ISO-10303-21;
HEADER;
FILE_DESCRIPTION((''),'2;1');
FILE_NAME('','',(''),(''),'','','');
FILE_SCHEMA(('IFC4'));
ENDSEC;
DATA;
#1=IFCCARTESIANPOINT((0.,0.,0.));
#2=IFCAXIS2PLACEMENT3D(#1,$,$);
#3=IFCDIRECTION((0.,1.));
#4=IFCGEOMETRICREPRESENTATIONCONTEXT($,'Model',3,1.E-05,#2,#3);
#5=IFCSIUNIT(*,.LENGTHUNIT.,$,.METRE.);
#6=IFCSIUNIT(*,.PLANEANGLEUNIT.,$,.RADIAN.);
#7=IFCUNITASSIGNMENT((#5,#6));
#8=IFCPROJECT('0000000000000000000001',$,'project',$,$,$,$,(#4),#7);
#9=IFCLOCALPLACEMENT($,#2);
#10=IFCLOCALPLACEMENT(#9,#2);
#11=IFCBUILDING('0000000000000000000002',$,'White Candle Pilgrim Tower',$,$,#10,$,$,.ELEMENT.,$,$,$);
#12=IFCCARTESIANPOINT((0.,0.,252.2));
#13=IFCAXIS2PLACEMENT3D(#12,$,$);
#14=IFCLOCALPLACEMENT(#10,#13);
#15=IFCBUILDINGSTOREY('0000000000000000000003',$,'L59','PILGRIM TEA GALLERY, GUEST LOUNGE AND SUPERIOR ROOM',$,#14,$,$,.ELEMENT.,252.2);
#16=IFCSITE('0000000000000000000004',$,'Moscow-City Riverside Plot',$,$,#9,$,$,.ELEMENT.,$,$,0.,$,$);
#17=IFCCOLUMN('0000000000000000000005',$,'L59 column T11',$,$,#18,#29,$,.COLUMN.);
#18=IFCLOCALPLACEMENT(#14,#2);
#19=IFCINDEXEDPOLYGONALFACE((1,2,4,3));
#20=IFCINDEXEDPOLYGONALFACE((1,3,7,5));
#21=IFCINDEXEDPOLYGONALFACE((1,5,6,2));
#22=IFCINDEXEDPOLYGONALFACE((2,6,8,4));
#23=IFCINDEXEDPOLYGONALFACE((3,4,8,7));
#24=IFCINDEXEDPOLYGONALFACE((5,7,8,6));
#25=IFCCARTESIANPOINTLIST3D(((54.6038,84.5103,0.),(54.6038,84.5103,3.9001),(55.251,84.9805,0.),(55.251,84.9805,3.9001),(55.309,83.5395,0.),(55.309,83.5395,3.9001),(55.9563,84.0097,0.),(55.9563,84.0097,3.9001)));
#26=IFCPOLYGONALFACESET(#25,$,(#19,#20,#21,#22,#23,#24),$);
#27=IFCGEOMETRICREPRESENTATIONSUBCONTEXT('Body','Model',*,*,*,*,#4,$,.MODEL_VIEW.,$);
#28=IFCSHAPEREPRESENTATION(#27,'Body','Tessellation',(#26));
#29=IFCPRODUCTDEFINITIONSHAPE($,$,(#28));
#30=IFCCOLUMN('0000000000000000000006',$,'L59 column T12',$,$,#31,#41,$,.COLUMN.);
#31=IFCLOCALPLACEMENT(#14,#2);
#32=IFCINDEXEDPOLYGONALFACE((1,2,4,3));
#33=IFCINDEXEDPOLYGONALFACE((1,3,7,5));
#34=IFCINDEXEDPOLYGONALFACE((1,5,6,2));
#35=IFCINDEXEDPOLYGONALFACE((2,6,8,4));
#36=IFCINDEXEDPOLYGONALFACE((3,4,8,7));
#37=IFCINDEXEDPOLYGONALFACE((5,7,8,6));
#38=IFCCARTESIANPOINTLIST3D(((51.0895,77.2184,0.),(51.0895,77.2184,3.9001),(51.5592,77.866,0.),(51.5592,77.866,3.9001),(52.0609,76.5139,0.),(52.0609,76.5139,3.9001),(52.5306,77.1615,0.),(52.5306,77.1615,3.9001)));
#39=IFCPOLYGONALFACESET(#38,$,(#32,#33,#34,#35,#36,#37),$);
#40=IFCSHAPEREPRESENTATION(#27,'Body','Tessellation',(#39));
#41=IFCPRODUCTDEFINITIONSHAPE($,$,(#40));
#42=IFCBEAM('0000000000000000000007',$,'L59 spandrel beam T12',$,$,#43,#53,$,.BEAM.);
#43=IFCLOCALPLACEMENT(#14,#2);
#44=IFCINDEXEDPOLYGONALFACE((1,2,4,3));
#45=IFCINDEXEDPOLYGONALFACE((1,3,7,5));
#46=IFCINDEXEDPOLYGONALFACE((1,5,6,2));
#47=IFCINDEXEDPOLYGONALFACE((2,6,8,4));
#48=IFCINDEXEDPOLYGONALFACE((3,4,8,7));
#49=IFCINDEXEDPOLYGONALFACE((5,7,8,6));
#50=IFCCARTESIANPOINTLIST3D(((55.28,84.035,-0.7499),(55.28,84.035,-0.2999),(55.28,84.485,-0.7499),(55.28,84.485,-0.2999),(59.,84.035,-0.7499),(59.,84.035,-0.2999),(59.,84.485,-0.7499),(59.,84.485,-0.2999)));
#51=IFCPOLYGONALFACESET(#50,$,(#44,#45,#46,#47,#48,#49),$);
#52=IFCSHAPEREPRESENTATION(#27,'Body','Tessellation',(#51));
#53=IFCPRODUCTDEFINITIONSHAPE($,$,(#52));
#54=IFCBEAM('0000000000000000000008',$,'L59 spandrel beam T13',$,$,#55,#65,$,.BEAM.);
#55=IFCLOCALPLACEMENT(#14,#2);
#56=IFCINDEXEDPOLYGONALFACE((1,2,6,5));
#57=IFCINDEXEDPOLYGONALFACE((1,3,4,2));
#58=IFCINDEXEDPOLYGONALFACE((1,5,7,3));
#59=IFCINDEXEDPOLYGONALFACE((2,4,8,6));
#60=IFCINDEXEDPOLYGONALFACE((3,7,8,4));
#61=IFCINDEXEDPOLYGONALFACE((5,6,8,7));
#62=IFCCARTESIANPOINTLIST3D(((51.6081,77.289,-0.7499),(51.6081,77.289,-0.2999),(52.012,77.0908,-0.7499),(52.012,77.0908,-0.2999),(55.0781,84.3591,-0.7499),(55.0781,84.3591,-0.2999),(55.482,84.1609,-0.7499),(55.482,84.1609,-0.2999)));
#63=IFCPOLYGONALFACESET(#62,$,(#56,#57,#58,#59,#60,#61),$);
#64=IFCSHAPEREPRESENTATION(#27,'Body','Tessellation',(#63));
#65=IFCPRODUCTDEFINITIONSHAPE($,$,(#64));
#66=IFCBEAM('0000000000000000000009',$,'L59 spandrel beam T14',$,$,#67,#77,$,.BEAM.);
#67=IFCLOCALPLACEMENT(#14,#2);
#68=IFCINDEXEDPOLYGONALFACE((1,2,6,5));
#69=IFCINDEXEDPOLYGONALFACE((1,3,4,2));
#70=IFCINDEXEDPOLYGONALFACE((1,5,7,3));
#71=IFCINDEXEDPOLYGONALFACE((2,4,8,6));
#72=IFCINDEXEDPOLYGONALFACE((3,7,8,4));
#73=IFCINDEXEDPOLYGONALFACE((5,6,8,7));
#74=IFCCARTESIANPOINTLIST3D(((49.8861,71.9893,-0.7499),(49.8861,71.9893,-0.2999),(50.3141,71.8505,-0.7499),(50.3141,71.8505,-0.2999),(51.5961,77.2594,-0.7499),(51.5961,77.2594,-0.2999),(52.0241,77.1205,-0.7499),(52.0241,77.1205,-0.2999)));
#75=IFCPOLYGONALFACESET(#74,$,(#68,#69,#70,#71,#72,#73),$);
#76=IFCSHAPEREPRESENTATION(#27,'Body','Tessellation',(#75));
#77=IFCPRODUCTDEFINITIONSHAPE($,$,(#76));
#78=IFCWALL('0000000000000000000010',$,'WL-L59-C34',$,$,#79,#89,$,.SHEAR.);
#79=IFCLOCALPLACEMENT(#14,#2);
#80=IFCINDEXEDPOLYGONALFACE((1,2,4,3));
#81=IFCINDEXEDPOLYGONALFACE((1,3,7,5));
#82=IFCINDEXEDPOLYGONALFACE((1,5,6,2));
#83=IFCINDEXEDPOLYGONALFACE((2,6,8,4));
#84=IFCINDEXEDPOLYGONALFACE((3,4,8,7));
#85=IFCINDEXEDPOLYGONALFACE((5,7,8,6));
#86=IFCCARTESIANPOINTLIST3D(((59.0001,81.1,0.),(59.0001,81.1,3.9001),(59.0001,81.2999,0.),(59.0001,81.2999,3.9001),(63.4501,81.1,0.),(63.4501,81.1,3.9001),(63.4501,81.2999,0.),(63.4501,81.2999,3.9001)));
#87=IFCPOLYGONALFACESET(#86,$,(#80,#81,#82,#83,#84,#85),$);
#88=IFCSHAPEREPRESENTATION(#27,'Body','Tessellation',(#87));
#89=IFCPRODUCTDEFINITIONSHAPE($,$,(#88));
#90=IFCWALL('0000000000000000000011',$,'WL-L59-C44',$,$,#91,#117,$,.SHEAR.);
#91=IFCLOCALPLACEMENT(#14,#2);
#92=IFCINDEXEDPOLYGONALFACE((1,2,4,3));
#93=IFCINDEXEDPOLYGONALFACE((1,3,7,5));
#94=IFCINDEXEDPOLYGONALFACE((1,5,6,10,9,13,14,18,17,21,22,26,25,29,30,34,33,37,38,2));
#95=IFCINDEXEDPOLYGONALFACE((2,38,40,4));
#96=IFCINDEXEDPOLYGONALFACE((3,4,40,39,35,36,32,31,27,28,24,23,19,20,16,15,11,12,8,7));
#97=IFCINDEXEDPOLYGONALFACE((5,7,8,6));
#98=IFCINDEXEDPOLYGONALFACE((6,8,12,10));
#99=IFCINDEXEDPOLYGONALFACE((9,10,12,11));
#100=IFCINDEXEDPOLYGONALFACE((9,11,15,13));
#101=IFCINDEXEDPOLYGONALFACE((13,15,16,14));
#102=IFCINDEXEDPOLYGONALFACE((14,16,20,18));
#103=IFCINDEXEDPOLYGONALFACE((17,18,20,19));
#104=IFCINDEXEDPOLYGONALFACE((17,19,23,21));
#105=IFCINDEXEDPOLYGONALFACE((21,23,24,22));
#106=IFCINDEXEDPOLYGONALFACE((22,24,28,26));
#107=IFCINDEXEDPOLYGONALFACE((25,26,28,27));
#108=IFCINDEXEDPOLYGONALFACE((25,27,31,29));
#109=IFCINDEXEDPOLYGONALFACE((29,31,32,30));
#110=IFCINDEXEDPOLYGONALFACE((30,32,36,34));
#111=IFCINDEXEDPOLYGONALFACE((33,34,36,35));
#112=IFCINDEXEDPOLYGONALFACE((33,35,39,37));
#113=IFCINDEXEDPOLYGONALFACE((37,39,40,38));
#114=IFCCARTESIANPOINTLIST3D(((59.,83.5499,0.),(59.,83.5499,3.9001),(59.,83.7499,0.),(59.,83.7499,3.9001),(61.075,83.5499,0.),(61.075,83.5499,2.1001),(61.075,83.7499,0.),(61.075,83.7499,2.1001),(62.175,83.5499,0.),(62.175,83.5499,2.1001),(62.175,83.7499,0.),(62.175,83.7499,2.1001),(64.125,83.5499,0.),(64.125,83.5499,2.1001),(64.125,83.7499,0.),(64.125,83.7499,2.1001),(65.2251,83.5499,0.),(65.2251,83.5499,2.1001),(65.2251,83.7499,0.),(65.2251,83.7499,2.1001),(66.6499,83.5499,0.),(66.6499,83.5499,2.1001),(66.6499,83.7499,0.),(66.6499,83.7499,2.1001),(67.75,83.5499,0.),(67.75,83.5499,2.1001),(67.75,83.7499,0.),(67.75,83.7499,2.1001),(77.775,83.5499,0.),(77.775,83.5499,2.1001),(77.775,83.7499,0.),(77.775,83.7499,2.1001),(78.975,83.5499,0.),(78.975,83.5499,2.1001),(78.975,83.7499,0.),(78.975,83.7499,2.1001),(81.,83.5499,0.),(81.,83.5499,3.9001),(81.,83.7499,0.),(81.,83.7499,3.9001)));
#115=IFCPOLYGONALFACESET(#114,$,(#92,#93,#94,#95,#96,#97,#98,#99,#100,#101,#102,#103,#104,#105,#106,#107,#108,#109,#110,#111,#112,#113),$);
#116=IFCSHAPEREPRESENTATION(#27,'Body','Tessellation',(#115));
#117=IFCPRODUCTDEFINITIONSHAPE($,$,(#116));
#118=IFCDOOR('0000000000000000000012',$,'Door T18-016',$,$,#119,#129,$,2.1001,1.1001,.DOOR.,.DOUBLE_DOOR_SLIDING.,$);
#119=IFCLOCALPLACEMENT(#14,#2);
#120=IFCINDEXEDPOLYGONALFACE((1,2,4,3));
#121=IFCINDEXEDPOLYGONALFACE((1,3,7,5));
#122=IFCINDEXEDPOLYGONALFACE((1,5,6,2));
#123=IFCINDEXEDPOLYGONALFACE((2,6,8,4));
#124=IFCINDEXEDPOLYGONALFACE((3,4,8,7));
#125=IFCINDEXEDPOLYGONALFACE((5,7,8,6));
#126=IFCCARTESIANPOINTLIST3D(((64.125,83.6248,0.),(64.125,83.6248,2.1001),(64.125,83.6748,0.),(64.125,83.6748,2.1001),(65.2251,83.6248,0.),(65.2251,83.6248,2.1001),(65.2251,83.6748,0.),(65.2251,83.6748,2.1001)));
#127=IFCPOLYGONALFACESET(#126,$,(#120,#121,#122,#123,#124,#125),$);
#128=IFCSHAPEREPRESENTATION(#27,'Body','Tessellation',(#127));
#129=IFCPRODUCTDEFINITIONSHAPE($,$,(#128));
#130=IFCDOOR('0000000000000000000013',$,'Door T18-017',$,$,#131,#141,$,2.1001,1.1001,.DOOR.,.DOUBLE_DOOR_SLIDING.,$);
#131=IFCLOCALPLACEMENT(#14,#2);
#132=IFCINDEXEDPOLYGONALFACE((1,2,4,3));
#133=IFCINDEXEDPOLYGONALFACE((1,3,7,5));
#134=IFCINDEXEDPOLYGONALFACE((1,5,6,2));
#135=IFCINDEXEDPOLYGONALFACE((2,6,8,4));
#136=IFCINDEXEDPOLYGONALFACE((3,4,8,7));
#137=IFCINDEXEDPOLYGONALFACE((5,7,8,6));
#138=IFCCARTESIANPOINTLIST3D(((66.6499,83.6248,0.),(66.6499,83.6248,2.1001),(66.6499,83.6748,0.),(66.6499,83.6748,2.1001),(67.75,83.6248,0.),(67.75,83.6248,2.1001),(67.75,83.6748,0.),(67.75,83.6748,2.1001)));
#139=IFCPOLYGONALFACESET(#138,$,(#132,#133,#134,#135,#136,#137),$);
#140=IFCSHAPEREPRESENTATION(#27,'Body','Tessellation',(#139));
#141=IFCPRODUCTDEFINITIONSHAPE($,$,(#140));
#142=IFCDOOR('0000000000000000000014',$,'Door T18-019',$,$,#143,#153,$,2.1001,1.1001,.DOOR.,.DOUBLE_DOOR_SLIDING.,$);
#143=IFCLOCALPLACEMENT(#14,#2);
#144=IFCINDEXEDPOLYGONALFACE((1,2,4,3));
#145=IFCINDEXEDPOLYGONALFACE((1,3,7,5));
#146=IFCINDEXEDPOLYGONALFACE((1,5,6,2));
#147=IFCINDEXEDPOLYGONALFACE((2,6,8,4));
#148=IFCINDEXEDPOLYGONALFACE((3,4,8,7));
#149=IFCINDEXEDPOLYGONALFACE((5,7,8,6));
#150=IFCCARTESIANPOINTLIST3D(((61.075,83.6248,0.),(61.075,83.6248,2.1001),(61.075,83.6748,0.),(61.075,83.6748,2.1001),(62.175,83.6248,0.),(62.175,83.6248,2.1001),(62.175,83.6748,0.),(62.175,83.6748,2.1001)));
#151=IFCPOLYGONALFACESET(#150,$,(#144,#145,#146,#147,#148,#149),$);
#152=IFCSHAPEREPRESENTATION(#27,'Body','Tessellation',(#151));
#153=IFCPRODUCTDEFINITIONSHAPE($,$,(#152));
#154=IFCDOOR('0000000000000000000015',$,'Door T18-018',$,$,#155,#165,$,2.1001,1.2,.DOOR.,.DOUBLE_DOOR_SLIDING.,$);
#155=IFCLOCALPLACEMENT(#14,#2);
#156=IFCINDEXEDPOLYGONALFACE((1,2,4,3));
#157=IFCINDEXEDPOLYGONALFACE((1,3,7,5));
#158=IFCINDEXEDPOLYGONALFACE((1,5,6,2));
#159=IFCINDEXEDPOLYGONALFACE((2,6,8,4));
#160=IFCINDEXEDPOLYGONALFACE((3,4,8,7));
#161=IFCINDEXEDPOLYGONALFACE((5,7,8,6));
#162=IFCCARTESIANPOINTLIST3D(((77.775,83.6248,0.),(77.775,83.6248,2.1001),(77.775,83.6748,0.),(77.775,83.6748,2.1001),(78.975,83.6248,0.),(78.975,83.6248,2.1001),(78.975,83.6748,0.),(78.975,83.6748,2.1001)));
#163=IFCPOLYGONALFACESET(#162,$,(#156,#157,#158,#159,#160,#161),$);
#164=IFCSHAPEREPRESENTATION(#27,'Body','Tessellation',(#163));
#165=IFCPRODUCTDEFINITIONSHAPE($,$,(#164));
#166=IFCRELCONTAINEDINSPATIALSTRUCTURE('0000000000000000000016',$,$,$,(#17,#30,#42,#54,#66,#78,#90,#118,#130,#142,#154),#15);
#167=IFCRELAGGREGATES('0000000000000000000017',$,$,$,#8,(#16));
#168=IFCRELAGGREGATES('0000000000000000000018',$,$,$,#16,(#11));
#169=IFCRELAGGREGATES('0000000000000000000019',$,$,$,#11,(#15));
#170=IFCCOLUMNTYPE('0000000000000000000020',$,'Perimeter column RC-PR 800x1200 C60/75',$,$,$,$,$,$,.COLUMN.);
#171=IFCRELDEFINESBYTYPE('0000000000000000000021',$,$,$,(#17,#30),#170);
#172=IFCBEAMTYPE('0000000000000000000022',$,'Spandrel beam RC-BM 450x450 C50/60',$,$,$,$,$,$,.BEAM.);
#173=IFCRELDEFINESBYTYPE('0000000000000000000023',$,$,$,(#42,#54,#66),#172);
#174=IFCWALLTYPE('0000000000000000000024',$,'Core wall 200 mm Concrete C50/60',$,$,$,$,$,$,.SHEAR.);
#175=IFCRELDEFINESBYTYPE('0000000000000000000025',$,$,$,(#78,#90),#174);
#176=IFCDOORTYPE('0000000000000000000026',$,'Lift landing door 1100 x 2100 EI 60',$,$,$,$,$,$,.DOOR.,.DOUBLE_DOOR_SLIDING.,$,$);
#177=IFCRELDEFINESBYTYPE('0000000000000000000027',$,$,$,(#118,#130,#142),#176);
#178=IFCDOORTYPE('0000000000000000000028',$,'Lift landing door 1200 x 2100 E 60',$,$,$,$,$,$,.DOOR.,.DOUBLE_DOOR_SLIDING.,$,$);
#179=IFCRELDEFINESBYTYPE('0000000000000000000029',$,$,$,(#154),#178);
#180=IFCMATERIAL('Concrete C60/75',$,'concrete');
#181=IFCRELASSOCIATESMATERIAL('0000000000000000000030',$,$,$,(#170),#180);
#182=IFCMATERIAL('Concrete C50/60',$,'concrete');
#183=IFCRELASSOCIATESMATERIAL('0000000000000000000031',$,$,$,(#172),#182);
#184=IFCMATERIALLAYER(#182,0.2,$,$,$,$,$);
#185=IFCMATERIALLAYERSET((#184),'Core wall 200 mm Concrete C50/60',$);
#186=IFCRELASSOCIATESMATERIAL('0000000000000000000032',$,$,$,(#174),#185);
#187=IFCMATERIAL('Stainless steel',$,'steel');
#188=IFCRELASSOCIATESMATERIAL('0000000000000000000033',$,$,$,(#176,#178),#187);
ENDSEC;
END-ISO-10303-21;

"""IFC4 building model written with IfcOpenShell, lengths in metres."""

from ifc_helpers import new_model, si_unit, direction, frame, frame_2d, origin, origin_2d, place, context, subcontext, project, spatial, rectangle, extrude, material, layer, layer_set, material_profile, profile_set, type_object, element, fill, save


model = new_model("IFC4")

# Units and contexts
model_context = context("Model", 3, precision=1e-05, world=origin(), true_north=direction((0.0, 1.0)))
body_context = subcontext(model_context, "Body", "Model", "MODEL_VIEW")
ifc_project = project(units=[si_unit("LENGTHUNIT", "METRE"), si_unit("PLANEANGLEUNIT", "RADIAN")], contexts=[model_context])

# Site, building, storey
site_placement = place(None, origin())
site = spatial("IfcSite", under=ifc_project, at=site_placement, Name="Moscow-City Riverside Plot", CompositionType="ELEMENT", RefElevation=0.0)
building_placement = place(site_placement, origin())
building = spatial("IfcBuilding", under=site, at=building_placement, Name="White Candle Pilgrim Tower", CompositionType="ELEMENT")
storey_placement = place(building_placement, frame((0.0, 0.0, 252.2)))
storey = spatial("IfcBuildingStorey", under=building, at=storey_placement, Name="L59", Description="PILGRIM TEA GALLERY, GUEST LOUNGE AND SUPERIOR ROOM", CompositionType="ELEMENT", Elevation=252.2)

# Columns
ifc_material_1 = material(Name="Concrete C60/75", Category="concrete")
ifc_material_profile_1 = material_profile(ifc_material_1, rectangle(XDim=0.8, YDim=1.2, at=origin_2d()), Name="RC-PR 800x1200")
ifc_profile_set_1 = profile_set([ifc_material_profile_1], Name="Concrete C60/75")
column_type = type_object("IfcColumnType", Name="Perimeter column RC-PR 800x1200 C60/75", PredefinedType="COLUMN", material=ifc_profile_set_1)
for number, where, z_axis, x_axis, name in (
    (1, (55.28, 84.26, 0.0), (0.0, 0.0, 1.0), (0.809027, 0.587771, 0.0), "L59 column T11"),
    (2, (51.8101, 77.1899, 0.0), (0.0, 0.0, 1.0), (0.587107, 0.809509, 0.0), "L59 column T12"),
):
    element("IfcColumn", number, at=place(storey_placement, frame(where, z_axis=z_axis, x_axis=x_axis)), inside=storey, type_object=column_type, Name=name, PredefinedType="COLUMN", context=body_context, shape_type="SweptSolid", body=[
        extrude(rectangle(XDim=0.8, YDim=1.2, at=origin_2d()), origin(), (0.0, 0.0, 1.0), 3.9001),
    ])

# Beams
ifc_material_2 = material(Name="Concrete C50/60", Category="concrete")
ifc_material_profile_2 = material_profile(ifc_material_2, rectangle(XDim=0.45, YDim=0.45, at=origin_2d()), Name="RC-BM 450x450")
ifc_profile_set_2 = profile_set([ifc_material_profile_2], Name="Concrete C50/60")
beam_type = type_object("IfcBeamType", Name="Spandrel beam RC-BM 450x450 C50/60", PredefinedType="BEAM", material=ifc_profile_set_2)
beam_1_placement = place(storey_placement, frame((55.28, 84.26, -0.5249), z_axis=(1.0, 0.0, 0.0), x_axis=(0.0, 1.0, 0.0)))
element("IfcBeam", 3, at=beam_1_placement, inside=storey, type_object=beam_type, Name="L59 spandrel beam T12", PredefinedType="BEAM", context=body_context, shape_type="SweptSolid", body=[
    extrude(rectangle(XDim=0.45, YDim=0.45, at=origin_2d()), origin(), (0.0, 0.0, 1.0), 3.72),
])
beam_2_placement = place(storey_placement, frame((55.28, 84.26, -0.5249), z_axis=(-0.440592, -0.897707, 0.0), x_axis=(0.897707, -0.440592, 0.0)))
element("IfcBeam", 4, at=beam_2_placement, inside=storey, type_object=beam_type, Name="L59 spandrel beam T13", PredefinedType="BEAM", context=body_context, shape_type="SweptSolid", body=[
    extrude(rectangle(XDim=0.45, YDim=0.45, at=origin_2d()), origin(), (0.0, 0.0, 1.0), 7.8757),
])
beam_3_placement = place(storey_placement, frame((51.8101, 77.1899, -0.5249), z_axis=(-0.30863, -0.951182, 0.0), x_axis=(0.951182, -0.30863, 0.0)))
element("IfcBeam", 5, at=beam_3_placement, inside=storey, type_object=beam_type, Name="L59 spandrel beam T14", PredefinedType="BEAM", context=body_context, shape_type="SweptSolid", body=[
    extrude(rectangle(XDim=0.45, YDim=0.45, at=origin_2d()), origin(), (0.0, 0.0, 1.0), 5.5405),
])

# Wall
ifc_layer_1 = layer(ifc_material_2, 0.2)
ifc_layer_set_1 = layer_set([ifc_layer_1], Name="Core wall 200 mm Concrete C50/60")
wall_type_1 = type_object("IfcWallType", Name="Core wall 200 mm Concrete C50/60", PredefinedType="SHEAR", material=ifc_layer_set_1)
wall_1_placement = place(storey_placement, frame((59.0, 81.2, 0.0), z_axis=(0.0, 0.0, 1.0), x_axis=(1.0, 0.0, 0.0)))
element("IfcWall", 6, at=wall_1_placement, inside=storey, type_object=wall_type_1, Name="WL-L59-C34", PredefinedType="SHEAR", context=body_context, shape_type="SweptSolid", body=[
    extrude(rectangle(XDim=4.45, YDim=0.2, at=frame_2d((2.2251, 0.0))), origin(), (0.0, 0.0, 1.0), 3.9001),
])

# Wall, openings, doors
wall_2_placement = place(storey_placement, frame((59.0, 83.6499, 0.0), z_axis=(0.0, 0.0, 1.0), x_axis=(1.0, 0.0, 0.0)))
wall_2 = element("IfcWall", 7, at=wall_2_placement, inside=storey, type_object=wall_type_1, Name="WL-L59-C44", PredefinedType="SHEAR", context=body_context, shape_type="SweptSolid", body=[
    extrude(rectangle(XDim=22.0, YDim=0.2, at=frame_2d((11.0, 0.0))), origin(), (0.0, 0.0, 1.0), 3.9001),
])
opening_1_placement = place(wall_2_placement, frame((5.125, 0.0, 0.0)))
opening_1 = element("IfcOpeningElement", 8, at=opening_1_placement, cuts=wall_2, PredefinedType="OPENING", context=body_context, shape_type="SweptSolid", body=[
    extrude(rectangle(XDim=1.1001, YDim=2.1001, at=frame_2d((0.55, 1.05))), frame((0.0, 0.1099, 0.0), z_axis=(0.0, -1.0, 0.0), x_axis=(1.0, 0.0, 0.0)), (0.0, 0.0, 1.0), 0.22),
])
opening_2_placement = place(wall_2_placement, frame((7.6499, 0.0, 0.0)))
opening_2 = element("IfcOpeningElement", 9, at=opening_2_placement, cuts=wall_2, PredefinedType="OPENING", context=body_context, shape_type="SweptSolid", body=[
    extrude(rectangle(XDim=1.1001, YDim=2.1001, at=frame_2d((0.55, 1.05))), frame((0.0, 0.1099, 0.0), z_axis=(0.0, -1.0, 0.0), x_axis=(1.0, 0.0, 0.0)), (0.0, 0.0, 1.0), 0.22),
])
opening_3_placement = place(wall_2_placement, frame((18.7749, 0.0, 0.0)))
opening_3 = element("IfcOpeningElement", 10, at=opening_3_placement, cuts=wall_2, PredefinedType="OPENING", context=body_context, shape_type="SweptSolid", body=[
    extrude(rectangle(XDim=1.2, YDim=2.1001, at=frame_2d((0.6001, 1.05))), frame((0.0, 0.1099, 0.0), z_axis=(0.0, -1.0, 0.0), x_axis=(1.0, 0.0, 0.0)), (0.0, 0.0, 1.0), 0.22),
])
opening_4_placement = place(wall_2_placement, frame((2.075, 0.0, 0.0)))
opening_4 = element("IfcOpeningElement", 11, at=opening_4_placement, cuts=wall_2, PredefinedType="OPENING", context=body_context, shape_type="SweptSolid", body=[
    extrude(rectangle(XDim=1.1001, YDim=2.1001, at=frame_2d((0.55, 1.05))), frame((0.0, 0.1099, 0.0), z_axis=(0.0, -1.0, 0.0), x_axis=(1.0, 0.0, 0.0)), (0.0, 0.0, 1.0), 0.22),
])
ifc_material_3 = material(Name="Stainless steel", Category="steel")
door_type_1 = type_object("IfcDoorType", Name="Lift landing door 1100 x 2100 EI 60", OperationType="DOUBLE_DOOR_SLIDING", PredefinedType="DOOR", material=ifc_material_3)
door_1_placement = place(opening_1_placement, origin())
door_1 = element("IfcDoor", 12, at=door_1_placement, inside=storey, type_object=door_type_1, Name="Door T18-016", OperationType="DOUBLE_DOOR_SLIDING", OverallHeight=2.1001, OverallWidth=1.1001, PredefinedType="DOOR", context=body_context, shape_type="SweptSolid", body=[
    extrude(rectangle(XDim=1.1001, YDim=2.1001, at=frame_2d((0.55, 1.05))), frame((0.0, 0.0249, 0.0), z_axis=(0.0, -1.0, 0.0), x_axis=(1.0, 0.0, 0.0)), (0.0, 0.0, 1.0), 0.05),
])
fill(opening_1, door_1)
door_2_placement = place(opening_2_placement, origin())
door_2 = element("IfcDoor", 13, at=door_2_placement, inside=storey, type_object=door_type_1, Name="Door T18-017", OperationType="DOUBLE_DOOR_SLIDING", OverallHeight=2.1001, OverallWidth=1.1001, PredefinedType="DOOR", context=body_context, shape_type="SweptSolid", body=[
    extrude(rectangle(XDim=1.1001, YDim=2.1001, at=frame_2d((0.55, 1.05))), frame((0.0, 0.0249, 0.0), z_axis=(0.0, -1.0, 0.0), x_axis=(1.0, 0.0, 0.0)), (0.0, 0.0, 1.0), 0.05),
])
fill(opening_2, door_2)
door_3_placement = place(opening_4_placement, origin())
door_3 = element("IfcDoor", 14, at=door_3_placement, inside=storey, type_object=door_type_1, Name="Door T18-019", OperationType="DOUBLE_DOOR_SLIDING", OverallHeight=2.1001, OverallWidth=1.1001, PredefinedType="DOOR", context=body_context, shape_type="SweptSolid", body=[
    extrude(rectangle(XDim=1.1001, YDim=2.1001, at=frame_2d((0.55, 1.05))), frame((0.0, 0.0249, 0.0), z_axis=(0.0, -1.0, 0.0), x_axis=(1.0, 0.0, 0.0)), (0.0, 0.0, 1.0), 0.05),
])
fill(opening_4, door_3)
door_type_2 = type_object("IfcDoorType", Name="Lift landing door 1200 x 2100 E 60", OperationType="DOUBLE_DOOR_SLIDING", PredefinedType="DOOR", material=ifc_material_3)
door_4_placement = place(opening_3_placement, origin())
door_4 = element("IfcDoor", 15, at=door_4_placement, inside=storey, type_object=door_type_2, Name="Door T18-018", OperationType="DOUBLE_DOOR_SLIDING", OverallHeight=2.1001, OverallWidth=1.2, PredefinedType="DOOR", context=body_context, shape_type="SweptSolid", body=[
    extrude(rectangle(XDim=1.2, YDim=2.1001, at=frame_2d((0.6001, 1.05))), frame((0.0, 0.0249, 0.0), z_axis=(0.0, -1.0, 0.0), x_axis=(1.0, 0.0, 0.0)), (0.0, 0.0, 1.0), 0.05),
])
fill(opening_3, door_4)

save(model, "model.ifc")
